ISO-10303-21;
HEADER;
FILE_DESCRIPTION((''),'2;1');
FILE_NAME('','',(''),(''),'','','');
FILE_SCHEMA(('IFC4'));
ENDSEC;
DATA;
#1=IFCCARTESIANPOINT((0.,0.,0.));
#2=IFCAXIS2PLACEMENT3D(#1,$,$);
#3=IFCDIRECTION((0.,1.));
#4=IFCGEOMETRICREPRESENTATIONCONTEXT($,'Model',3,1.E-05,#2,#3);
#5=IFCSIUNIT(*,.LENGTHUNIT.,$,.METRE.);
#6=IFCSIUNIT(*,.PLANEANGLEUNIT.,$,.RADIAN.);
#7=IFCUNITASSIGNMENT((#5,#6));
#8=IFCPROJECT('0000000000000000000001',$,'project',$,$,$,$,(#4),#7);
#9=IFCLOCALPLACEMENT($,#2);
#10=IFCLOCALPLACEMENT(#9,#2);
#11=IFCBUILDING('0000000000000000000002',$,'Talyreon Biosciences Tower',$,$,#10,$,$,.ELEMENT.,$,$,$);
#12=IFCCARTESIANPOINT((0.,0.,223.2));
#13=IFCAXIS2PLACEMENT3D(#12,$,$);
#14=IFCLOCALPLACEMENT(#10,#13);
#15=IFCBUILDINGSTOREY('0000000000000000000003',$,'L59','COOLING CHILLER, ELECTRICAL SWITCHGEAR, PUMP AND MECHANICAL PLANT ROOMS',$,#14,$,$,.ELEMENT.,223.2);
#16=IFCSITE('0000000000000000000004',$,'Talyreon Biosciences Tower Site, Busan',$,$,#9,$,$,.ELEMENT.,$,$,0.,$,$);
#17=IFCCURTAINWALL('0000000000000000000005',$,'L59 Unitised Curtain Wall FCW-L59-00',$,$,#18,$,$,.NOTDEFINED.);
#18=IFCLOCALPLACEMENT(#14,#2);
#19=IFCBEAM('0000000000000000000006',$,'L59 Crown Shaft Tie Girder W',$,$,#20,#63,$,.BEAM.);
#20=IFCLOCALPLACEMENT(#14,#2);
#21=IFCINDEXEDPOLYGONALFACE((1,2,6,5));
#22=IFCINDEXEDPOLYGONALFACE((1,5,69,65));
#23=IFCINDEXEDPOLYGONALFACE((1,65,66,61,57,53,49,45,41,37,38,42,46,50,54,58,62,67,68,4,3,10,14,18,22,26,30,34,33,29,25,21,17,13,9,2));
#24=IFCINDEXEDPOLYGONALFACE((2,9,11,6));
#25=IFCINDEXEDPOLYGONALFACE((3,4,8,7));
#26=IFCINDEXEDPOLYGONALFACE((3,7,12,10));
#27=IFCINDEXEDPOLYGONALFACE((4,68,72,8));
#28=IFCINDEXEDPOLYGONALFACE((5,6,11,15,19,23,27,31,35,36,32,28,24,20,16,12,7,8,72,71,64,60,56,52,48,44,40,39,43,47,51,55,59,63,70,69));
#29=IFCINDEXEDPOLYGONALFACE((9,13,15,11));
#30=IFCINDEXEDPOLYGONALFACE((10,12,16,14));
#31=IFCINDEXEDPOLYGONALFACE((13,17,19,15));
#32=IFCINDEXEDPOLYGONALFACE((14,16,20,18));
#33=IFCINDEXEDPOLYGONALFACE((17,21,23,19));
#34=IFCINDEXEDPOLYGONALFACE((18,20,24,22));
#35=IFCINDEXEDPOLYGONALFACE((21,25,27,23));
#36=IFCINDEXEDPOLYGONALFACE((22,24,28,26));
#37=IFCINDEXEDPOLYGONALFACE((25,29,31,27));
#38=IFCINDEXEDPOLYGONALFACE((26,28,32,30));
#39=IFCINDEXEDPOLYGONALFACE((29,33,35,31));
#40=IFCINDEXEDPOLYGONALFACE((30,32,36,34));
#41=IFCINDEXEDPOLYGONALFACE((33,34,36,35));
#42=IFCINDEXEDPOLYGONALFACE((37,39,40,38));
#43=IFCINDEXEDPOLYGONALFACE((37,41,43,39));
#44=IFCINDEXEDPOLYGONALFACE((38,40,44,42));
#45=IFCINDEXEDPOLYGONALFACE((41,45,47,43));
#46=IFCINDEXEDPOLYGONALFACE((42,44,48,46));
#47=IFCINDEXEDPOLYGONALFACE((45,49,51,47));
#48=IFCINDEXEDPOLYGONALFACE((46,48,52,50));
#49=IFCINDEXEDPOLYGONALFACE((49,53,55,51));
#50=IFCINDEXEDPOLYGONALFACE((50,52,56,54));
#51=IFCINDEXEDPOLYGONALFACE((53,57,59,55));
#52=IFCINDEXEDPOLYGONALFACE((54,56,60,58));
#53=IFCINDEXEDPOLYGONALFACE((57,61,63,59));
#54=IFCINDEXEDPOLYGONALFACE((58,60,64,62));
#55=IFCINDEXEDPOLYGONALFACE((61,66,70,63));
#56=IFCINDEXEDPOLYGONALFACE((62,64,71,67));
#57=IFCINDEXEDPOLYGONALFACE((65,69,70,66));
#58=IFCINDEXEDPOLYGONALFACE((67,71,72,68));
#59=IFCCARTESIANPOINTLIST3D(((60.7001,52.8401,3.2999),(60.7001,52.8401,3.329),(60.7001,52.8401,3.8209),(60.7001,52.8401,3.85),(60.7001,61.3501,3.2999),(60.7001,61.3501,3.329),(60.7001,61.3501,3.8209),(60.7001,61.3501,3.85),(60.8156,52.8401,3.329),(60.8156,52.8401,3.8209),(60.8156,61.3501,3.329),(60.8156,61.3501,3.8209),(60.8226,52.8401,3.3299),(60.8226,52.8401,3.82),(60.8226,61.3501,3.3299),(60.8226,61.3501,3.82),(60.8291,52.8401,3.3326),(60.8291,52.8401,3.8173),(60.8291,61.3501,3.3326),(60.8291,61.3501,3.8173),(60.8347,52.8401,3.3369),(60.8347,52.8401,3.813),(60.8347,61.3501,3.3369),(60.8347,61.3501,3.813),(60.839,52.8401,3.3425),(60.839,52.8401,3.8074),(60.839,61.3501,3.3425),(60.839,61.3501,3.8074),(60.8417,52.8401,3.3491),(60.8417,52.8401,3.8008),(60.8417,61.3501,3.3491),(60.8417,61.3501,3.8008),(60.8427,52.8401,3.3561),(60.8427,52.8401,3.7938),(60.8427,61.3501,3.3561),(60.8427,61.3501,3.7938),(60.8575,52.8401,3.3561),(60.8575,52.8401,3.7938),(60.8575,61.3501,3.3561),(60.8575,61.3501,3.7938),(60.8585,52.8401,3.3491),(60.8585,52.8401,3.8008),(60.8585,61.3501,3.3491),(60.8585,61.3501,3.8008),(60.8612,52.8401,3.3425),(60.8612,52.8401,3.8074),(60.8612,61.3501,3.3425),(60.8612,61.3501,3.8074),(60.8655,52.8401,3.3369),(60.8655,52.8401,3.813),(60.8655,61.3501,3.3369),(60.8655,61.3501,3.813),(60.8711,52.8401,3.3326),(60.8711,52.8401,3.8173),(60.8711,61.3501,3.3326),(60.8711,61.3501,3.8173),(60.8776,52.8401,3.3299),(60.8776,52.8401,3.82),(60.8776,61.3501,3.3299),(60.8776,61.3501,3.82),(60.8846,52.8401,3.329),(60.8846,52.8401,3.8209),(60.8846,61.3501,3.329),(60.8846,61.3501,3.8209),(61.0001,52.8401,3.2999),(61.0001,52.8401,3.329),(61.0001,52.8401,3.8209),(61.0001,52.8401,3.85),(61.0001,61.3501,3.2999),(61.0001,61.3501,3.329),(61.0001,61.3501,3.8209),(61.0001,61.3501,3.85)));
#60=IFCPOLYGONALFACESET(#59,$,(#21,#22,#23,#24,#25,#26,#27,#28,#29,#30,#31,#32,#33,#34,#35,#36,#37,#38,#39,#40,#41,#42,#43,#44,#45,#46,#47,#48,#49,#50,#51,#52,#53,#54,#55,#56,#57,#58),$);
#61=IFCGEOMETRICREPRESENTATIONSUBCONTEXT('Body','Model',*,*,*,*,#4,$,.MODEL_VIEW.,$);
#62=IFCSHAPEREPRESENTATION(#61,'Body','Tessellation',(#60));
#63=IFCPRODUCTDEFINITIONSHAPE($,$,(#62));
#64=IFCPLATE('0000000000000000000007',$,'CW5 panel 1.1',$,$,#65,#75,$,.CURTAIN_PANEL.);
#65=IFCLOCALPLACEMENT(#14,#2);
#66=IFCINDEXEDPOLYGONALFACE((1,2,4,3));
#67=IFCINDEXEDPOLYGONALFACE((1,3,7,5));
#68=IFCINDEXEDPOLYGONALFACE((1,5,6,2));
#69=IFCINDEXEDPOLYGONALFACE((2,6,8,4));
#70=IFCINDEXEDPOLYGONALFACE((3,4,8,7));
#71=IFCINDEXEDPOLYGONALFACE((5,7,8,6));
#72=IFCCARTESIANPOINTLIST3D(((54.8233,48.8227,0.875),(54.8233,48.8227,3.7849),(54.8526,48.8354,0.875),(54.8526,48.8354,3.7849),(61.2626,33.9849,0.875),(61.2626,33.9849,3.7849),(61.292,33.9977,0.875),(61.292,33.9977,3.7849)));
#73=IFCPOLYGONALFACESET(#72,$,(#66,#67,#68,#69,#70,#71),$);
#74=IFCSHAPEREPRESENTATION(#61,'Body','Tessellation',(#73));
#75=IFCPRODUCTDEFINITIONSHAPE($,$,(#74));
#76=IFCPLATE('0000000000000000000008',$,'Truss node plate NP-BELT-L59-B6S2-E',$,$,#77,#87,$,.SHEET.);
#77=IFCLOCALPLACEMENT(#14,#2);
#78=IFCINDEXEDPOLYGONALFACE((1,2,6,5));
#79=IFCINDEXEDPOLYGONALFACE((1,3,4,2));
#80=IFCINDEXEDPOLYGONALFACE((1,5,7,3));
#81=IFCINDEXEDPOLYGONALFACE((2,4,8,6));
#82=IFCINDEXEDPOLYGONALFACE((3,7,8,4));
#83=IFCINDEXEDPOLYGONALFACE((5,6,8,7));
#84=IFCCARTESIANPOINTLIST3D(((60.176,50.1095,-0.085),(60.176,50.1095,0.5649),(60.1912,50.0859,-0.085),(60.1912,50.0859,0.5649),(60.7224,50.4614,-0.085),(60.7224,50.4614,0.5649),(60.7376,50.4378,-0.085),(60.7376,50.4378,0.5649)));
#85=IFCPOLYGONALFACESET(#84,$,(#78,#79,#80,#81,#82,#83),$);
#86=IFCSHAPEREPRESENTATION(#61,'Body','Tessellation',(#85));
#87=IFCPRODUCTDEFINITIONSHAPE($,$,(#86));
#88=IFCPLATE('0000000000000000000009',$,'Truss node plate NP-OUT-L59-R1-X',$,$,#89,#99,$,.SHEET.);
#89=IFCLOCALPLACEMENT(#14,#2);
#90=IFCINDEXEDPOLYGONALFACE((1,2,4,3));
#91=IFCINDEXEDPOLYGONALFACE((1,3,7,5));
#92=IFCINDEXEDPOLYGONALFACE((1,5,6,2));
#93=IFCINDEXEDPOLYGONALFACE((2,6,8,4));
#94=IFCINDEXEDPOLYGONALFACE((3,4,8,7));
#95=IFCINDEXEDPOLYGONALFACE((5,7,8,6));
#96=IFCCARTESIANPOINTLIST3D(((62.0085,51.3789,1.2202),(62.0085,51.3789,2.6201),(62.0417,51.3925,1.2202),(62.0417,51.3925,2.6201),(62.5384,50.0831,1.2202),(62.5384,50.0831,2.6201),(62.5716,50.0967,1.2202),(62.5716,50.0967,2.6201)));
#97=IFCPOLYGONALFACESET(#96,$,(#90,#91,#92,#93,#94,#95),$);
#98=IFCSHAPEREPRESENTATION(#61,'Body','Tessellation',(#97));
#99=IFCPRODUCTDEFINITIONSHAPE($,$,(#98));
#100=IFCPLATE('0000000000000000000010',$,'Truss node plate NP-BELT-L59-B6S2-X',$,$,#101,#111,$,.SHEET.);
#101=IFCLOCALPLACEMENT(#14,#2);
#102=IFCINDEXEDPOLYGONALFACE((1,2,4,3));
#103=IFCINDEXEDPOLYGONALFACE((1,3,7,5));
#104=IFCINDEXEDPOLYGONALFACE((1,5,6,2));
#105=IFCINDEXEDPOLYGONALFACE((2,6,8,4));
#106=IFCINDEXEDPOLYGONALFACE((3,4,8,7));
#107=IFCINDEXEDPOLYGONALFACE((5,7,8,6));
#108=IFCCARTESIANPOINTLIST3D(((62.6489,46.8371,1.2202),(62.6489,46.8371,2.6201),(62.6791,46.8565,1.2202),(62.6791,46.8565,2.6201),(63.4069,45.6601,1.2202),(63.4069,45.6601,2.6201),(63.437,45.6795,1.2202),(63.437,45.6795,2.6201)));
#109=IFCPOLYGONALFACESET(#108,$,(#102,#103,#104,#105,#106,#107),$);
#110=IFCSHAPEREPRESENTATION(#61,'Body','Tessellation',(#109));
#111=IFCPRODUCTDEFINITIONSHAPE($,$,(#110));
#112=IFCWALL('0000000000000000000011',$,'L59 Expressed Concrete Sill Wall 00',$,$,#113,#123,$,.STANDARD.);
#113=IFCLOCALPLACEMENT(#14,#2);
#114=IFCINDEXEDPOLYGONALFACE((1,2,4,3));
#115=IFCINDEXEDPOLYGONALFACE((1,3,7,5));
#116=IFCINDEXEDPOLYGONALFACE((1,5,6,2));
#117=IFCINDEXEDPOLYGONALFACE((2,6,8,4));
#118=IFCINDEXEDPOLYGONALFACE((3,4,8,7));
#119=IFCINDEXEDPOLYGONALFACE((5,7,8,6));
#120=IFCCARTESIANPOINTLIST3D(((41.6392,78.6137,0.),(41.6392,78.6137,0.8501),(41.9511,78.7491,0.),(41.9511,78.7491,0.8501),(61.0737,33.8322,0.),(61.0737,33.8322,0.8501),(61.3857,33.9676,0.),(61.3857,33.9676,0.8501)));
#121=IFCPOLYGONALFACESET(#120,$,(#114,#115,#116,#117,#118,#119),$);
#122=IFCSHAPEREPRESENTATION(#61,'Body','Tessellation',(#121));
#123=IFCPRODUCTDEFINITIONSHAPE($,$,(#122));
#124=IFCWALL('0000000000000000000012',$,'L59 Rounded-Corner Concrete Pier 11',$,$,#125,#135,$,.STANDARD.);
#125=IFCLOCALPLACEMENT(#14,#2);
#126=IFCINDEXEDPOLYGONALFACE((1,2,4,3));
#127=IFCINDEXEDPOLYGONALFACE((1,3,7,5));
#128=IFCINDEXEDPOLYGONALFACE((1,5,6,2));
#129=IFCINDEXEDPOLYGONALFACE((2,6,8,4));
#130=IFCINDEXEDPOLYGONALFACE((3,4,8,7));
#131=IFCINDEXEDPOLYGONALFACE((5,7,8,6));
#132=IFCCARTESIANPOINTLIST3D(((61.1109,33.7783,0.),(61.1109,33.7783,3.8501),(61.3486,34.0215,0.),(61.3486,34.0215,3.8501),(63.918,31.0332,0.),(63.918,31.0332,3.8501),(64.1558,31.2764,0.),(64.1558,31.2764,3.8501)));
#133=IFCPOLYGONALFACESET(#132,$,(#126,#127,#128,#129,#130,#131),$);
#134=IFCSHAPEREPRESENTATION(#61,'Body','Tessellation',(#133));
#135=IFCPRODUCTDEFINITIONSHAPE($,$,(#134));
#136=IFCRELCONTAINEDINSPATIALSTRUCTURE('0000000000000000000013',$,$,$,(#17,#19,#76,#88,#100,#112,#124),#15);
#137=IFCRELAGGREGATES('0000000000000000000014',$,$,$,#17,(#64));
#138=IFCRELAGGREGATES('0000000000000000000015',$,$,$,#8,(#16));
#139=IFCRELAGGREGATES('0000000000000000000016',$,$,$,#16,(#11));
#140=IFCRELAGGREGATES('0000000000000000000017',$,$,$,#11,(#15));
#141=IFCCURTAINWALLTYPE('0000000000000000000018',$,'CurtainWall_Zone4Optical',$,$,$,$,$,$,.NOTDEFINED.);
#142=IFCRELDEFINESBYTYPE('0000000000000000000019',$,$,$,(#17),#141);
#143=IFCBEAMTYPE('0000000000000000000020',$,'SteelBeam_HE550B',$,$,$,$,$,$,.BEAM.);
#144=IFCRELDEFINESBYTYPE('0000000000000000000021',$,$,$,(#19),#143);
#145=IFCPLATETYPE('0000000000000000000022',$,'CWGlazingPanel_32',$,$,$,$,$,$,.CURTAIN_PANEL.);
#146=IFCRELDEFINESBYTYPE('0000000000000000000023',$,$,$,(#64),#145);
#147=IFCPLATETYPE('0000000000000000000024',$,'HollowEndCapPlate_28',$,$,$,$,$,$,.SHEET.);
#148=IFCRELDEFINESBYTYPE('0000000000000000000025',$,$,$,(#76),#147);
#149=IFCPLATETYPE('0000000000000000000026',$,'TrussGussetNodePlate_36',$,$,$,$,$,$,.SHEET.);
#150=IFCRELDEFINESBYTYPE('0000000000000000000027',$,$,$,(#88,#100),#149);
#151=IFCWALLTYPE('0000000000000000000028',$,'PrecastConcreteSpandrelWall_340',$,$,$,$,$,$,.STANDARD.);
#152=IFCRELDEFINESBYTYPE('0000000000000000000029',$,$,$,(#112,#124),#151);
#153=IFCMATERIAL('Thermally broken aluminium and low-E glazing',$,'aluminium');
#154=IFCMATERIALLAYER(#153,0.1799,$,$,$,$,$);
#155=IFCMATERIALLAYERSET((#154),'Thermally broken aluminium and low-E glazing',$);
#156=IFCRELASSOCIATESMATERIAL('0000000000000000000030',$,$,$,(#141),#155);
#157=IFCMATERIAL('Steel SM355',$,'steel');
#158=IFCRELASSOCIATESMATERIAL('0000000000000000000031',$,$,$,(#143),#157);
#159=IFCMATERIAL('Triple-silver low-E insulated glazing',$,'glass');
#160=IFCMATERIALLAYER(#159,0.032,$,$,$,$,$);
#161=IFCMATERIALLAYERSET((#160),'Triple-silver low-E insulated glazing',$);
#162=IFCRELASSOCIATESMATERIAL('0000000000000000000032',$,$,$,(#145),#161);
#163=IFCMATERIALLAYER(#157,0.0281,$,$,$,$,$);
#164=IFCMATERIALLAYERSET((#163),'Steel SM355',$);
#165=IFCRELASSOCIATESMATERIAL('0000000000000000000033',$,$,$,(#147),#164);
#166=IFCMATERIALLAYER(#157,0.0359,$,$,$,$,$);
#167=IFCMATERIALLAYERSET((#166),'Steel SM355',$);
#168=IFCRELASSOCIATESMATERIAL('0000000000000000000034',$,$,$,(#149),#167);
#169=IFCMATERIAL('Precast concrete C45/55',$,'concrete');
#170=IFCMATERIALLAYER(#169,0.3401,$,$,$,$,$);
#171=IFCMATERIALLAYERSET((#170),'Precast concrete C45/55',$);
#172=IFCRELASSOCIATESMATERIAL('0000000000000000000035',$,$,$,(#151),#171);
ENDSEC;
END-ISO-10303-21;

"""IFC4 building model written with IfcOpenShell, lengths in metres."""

from ifc_helpers import new_model, si_unit, direction, frame, frame_2d, origin, origin_2d, place, context, subcontext, project, spatial, rectangle, i_section, extrude, material, layer, layer_set, material_profile, profile_set, type_object, element, aggregate, save


model = new_model("IFC4")

# Units and contexts
model_context = context("Model", 3, precision=1e-05, world=origin(), true_north=direction((0.0, 1.0)))
body_context = subcontext(model_context, "Body", "Model", "MODEL_VIEW")
ifc_project = project(units=[si_unit("LENGTHUNIT", "METRE"), si_unit("PLANEANGLEUNIT", "RADIAN")], contexts=[model_context])

# Site, building, storey
site_placement = place(None, origin())
site = spatial("IfcSite", under=ifc_project, at=site_placement, Name="Talyreon Biosciences Tower Site, Busan", CompositionType="ELEMENT", RefElevation=0.0)
building_placement = place(site_placement, origin())
building = spatial("IfcBuilding", under=site, at=building_placement, Name="Talyreon Biosciences Tower", CompositionType="ELEMENT")
storey_placement = place(building_placement, frame((0.0, 0.0, 223.2)))
storey = spatial("IfcBuildingStorey", under=building, at=storey_placement, Name="L59", Description="COOLING CHILLER, ELECTRICAL SWITCHGEAR, PUMP AND MECHANICAL PLANT ROOMS", CompositionType="ELEMENT", Elevation=223.2)

# Shared definitions
ifc_material_1 = material(Name="Steel SM355", Category="steel")

# Curtain wall
ifc_material_2 = material(Name="Thermally broken aluminium and low-E glazing", Category="aluminium")
ifc_layer_1 = layer(ifc_material_2, 0.1799)
ifc_layer_set_1 = layer_set([ifc_layer_1], Name="Thermally broken aluminium and low-E glazing")
curtain_wall_type = type_object("IfcCurtainWallType", Name="CurtainWall_Zone4Optical", PredefinedType="NOTDEFINED", material=ifc_layer_set_1)
curtain_wall_placement = place(storey_placement, origin())
curtain_wall = element("IfcCurtainWall", 1, at=curtain_wall_placement, inside=storey, type_object=curtain_wall_type, Name="L59 Unitised Curtain Wall FCW-L59-00", PredefinedType="NOTDEFINED")

# Beam
ifc_material_profile_1 = material_profile(ifc_material_1, i_section(OverallWidth=0.3, OverallDepth=0.55, WebThickness=0.0149, FlangeThickness=0.0291, FilletRadius=0.0271, at=origin_2d()), Name="HE550B")
ifc_profile_set_1 = profile_set([ifc_material_profile_1], Name="Steel SM355")
beam_type = type_object("IfcBeamType", Name="SteelBeam_HE550B", PredefinedType="BEAM", material=ifc_profile_set_1)
beam_1_placement = place(storey_placement, frame((60.8501, 52.8401, 3.575), z_axis=(0.0, 1.0, 0.0), x_axis=(-1.0, 0.0, 0.0)))
element("IfcBeam", 2, at=beam_1_placement, inside=storey, type_object=beam_type, Name="L59 Crown Shaft Tie Girder W", PredefinedType="BEAM", context=body_context, shape_type="SweptSolid", body=[
    extrude(i_section(OverallWidth=0.3, OverallDepth=0.55, WebThickness=0.0149, FlangeThickness=0.0291, FilletRadius=0.0271, at=origin_2d()), origin(), (0.0, 0.0, 1.0), 8.51),
])

# Plate
ifc_material_3 = material(Name="Triple-silver low-E insulated glazing", Category="glass")
ifc_layer_2 = layer(ifc_material_3, 0.032)
ifc_layer_set_2 = layer_set([ifc_layer_2], Name="Triple-silver low-E insulated glazing")
plate_type_1 = type_object("IfcPlateType", Name="CWGlazingPanel_32", PredefinedType="CURTAIN_PANEL", material=ifc_layer_set_2)
plate_1_placement = place(storey_placement, frame((58.0576, 41.4102, 0.875), z_axis=(0.0, 0.0, 1.0), x_axis=(-0.398112, 0.917337, 0.0)))
plate_1 = element("IfcPlate", 3, at=plate_1_placement, type_object=plate_type_1, Name="CW5 panel 1.1", PredefinedType="CURTAIN_PANEL", context=body_context, shape_type="SweptSolid", body=[
    extrude(rectangle(XDim=16.1748, YDim=0.032, at=origin_2d()), origin(), (0.0, 0.0, 1.0), 2.9099),
])
aggregate(curtain_wall, [plate_1])

# Plates
ifc_layer_3 = layer(ifc_material_1, 0.0281)
ifc_layer_set_3 = layer_set([ifc_layer_3], Name="Steel SM355")
plate_type_2 = type_object("IfcPlateType", Name="HollowEndCapPlate_28", PredefinedType="SHEET", material=ifc_layer_set_3)
plate_2_placement = place(storey_placement, frame((60.4568, 50.2737, -0.085), z_axis=(0.0, 0.0, 1.0), x_axis=(0.840727, 0.541459, 0.0)))
element("IfcPlate", 4, at=plate_2_placement, inside=storey, type_object=plate_type_2, Name="Truss node plate NP-BELT-L59-B6S2-E", PredefinedType="SHEET", context=body_context, shape_type="SweptSolid", body=[
    extrude(rectangle(XDim=0.6499, YDim=0.0281, at=origin_2d()), origin(), (0.0, 0.0, 1.0), 0.6499),
])
ifc_layer_4 = layer(ifc_material_1, 0.0359)
ifc_layer_set_4 = layer_set([ifc_layer_4], Name="Steel SM355")
plate_type_3 = type_object("IfcPlateType", Name="TrussGussetNodePlate_36", PredefinedType="SHEET", material=ifc_layer_set_4)
for number, where, z_axis, x_axis, name in (
    (5, (62.29, 50.7378, 1.2202), (0.0, 0.0, 1.0), (0.378536, -0.925587, 0.0), "Truss node plate NP-OUT-L59-R1-X"),
    (6, (63.043, 46.2583, 1.2202), (0.0, 0.0, 1.0), (0.541459, -0.840727, 0.0), "Truss node plate NP-BELT-L59-B6S2-X"),
):
    element("IfcPlate", number, at=place(storey_placement, frame(where, z_axis=z_axis, x_axis=x_axis)), inside=storey, type_object=plate_type_3, Name=name, PredefinedType="SHEET", context=body_context, shape_type="SweptSolid", body=[
        extrude(rectangle(XDim=1.3999, YDim=0.0359, at=origin_2d()), origin(), (0.0, 0.0, 1.0), 1.3999),
    ])

# Walls
ifc_material_4 = material(Name="Precast concrete C45/55", Category="concrete")
ifc_layer_5 = layer(ifc_material_4, 0.3401)
ifc_layer_set_5 = layer_set([ifc_layer_5], Name="Precast concrete C45/55")
wall_type = type_object("IfcWallType", Name="PrecastConcreteSpandrelWall_340", PredefinedType="STANDARD", material=ifc_layer_set_5)
wall_1_placement = place(storey_placement, frame((61.2297, 33.8999, 0.0), z_axis=(0.0, 0.0, 1.0), x_axis=(-0.398112, 0.917337, 0.0)))
element("IfcWall", 7, at=wall_1_placement, inside=storey, type_object=wall_type, Name="L59 Expressed Concrete Sill Wall 00", PredefinedType="STANDARD", context=body_context, shape_type="SweptSolid", body=[
    extrude(rectangle(XDim=48.8169, YDim=0.3401, at=frame_2d((24.4084, 0.0))), origin(), (0.0, 0.0, 1.0), 0.8501),
])
wall_2_placement = place(storey_placement, frame((64.0369, 31.1548, 0.0), z_axis=(0.0, 0.0, 1.0), x_axis=(-0.71496, 0.699166, 0.0)))
element("IfcWall", 8, at=wall_2_placement, inside=storey, type_object=wall_type, Name="L59 Rounded-Corner Concrete Pier 11", PredefinedType="STANDARD", context=body_context, shape_type="SweptSolid", body=[
    extrude(rectangle(XDim=3.9263, YDim=0.3401, at=frame_2d((1.9631, 0.0))), origin(), (0.0, 0.0, 1.0), 3.8501),
])

save(model, "model.ifc")
